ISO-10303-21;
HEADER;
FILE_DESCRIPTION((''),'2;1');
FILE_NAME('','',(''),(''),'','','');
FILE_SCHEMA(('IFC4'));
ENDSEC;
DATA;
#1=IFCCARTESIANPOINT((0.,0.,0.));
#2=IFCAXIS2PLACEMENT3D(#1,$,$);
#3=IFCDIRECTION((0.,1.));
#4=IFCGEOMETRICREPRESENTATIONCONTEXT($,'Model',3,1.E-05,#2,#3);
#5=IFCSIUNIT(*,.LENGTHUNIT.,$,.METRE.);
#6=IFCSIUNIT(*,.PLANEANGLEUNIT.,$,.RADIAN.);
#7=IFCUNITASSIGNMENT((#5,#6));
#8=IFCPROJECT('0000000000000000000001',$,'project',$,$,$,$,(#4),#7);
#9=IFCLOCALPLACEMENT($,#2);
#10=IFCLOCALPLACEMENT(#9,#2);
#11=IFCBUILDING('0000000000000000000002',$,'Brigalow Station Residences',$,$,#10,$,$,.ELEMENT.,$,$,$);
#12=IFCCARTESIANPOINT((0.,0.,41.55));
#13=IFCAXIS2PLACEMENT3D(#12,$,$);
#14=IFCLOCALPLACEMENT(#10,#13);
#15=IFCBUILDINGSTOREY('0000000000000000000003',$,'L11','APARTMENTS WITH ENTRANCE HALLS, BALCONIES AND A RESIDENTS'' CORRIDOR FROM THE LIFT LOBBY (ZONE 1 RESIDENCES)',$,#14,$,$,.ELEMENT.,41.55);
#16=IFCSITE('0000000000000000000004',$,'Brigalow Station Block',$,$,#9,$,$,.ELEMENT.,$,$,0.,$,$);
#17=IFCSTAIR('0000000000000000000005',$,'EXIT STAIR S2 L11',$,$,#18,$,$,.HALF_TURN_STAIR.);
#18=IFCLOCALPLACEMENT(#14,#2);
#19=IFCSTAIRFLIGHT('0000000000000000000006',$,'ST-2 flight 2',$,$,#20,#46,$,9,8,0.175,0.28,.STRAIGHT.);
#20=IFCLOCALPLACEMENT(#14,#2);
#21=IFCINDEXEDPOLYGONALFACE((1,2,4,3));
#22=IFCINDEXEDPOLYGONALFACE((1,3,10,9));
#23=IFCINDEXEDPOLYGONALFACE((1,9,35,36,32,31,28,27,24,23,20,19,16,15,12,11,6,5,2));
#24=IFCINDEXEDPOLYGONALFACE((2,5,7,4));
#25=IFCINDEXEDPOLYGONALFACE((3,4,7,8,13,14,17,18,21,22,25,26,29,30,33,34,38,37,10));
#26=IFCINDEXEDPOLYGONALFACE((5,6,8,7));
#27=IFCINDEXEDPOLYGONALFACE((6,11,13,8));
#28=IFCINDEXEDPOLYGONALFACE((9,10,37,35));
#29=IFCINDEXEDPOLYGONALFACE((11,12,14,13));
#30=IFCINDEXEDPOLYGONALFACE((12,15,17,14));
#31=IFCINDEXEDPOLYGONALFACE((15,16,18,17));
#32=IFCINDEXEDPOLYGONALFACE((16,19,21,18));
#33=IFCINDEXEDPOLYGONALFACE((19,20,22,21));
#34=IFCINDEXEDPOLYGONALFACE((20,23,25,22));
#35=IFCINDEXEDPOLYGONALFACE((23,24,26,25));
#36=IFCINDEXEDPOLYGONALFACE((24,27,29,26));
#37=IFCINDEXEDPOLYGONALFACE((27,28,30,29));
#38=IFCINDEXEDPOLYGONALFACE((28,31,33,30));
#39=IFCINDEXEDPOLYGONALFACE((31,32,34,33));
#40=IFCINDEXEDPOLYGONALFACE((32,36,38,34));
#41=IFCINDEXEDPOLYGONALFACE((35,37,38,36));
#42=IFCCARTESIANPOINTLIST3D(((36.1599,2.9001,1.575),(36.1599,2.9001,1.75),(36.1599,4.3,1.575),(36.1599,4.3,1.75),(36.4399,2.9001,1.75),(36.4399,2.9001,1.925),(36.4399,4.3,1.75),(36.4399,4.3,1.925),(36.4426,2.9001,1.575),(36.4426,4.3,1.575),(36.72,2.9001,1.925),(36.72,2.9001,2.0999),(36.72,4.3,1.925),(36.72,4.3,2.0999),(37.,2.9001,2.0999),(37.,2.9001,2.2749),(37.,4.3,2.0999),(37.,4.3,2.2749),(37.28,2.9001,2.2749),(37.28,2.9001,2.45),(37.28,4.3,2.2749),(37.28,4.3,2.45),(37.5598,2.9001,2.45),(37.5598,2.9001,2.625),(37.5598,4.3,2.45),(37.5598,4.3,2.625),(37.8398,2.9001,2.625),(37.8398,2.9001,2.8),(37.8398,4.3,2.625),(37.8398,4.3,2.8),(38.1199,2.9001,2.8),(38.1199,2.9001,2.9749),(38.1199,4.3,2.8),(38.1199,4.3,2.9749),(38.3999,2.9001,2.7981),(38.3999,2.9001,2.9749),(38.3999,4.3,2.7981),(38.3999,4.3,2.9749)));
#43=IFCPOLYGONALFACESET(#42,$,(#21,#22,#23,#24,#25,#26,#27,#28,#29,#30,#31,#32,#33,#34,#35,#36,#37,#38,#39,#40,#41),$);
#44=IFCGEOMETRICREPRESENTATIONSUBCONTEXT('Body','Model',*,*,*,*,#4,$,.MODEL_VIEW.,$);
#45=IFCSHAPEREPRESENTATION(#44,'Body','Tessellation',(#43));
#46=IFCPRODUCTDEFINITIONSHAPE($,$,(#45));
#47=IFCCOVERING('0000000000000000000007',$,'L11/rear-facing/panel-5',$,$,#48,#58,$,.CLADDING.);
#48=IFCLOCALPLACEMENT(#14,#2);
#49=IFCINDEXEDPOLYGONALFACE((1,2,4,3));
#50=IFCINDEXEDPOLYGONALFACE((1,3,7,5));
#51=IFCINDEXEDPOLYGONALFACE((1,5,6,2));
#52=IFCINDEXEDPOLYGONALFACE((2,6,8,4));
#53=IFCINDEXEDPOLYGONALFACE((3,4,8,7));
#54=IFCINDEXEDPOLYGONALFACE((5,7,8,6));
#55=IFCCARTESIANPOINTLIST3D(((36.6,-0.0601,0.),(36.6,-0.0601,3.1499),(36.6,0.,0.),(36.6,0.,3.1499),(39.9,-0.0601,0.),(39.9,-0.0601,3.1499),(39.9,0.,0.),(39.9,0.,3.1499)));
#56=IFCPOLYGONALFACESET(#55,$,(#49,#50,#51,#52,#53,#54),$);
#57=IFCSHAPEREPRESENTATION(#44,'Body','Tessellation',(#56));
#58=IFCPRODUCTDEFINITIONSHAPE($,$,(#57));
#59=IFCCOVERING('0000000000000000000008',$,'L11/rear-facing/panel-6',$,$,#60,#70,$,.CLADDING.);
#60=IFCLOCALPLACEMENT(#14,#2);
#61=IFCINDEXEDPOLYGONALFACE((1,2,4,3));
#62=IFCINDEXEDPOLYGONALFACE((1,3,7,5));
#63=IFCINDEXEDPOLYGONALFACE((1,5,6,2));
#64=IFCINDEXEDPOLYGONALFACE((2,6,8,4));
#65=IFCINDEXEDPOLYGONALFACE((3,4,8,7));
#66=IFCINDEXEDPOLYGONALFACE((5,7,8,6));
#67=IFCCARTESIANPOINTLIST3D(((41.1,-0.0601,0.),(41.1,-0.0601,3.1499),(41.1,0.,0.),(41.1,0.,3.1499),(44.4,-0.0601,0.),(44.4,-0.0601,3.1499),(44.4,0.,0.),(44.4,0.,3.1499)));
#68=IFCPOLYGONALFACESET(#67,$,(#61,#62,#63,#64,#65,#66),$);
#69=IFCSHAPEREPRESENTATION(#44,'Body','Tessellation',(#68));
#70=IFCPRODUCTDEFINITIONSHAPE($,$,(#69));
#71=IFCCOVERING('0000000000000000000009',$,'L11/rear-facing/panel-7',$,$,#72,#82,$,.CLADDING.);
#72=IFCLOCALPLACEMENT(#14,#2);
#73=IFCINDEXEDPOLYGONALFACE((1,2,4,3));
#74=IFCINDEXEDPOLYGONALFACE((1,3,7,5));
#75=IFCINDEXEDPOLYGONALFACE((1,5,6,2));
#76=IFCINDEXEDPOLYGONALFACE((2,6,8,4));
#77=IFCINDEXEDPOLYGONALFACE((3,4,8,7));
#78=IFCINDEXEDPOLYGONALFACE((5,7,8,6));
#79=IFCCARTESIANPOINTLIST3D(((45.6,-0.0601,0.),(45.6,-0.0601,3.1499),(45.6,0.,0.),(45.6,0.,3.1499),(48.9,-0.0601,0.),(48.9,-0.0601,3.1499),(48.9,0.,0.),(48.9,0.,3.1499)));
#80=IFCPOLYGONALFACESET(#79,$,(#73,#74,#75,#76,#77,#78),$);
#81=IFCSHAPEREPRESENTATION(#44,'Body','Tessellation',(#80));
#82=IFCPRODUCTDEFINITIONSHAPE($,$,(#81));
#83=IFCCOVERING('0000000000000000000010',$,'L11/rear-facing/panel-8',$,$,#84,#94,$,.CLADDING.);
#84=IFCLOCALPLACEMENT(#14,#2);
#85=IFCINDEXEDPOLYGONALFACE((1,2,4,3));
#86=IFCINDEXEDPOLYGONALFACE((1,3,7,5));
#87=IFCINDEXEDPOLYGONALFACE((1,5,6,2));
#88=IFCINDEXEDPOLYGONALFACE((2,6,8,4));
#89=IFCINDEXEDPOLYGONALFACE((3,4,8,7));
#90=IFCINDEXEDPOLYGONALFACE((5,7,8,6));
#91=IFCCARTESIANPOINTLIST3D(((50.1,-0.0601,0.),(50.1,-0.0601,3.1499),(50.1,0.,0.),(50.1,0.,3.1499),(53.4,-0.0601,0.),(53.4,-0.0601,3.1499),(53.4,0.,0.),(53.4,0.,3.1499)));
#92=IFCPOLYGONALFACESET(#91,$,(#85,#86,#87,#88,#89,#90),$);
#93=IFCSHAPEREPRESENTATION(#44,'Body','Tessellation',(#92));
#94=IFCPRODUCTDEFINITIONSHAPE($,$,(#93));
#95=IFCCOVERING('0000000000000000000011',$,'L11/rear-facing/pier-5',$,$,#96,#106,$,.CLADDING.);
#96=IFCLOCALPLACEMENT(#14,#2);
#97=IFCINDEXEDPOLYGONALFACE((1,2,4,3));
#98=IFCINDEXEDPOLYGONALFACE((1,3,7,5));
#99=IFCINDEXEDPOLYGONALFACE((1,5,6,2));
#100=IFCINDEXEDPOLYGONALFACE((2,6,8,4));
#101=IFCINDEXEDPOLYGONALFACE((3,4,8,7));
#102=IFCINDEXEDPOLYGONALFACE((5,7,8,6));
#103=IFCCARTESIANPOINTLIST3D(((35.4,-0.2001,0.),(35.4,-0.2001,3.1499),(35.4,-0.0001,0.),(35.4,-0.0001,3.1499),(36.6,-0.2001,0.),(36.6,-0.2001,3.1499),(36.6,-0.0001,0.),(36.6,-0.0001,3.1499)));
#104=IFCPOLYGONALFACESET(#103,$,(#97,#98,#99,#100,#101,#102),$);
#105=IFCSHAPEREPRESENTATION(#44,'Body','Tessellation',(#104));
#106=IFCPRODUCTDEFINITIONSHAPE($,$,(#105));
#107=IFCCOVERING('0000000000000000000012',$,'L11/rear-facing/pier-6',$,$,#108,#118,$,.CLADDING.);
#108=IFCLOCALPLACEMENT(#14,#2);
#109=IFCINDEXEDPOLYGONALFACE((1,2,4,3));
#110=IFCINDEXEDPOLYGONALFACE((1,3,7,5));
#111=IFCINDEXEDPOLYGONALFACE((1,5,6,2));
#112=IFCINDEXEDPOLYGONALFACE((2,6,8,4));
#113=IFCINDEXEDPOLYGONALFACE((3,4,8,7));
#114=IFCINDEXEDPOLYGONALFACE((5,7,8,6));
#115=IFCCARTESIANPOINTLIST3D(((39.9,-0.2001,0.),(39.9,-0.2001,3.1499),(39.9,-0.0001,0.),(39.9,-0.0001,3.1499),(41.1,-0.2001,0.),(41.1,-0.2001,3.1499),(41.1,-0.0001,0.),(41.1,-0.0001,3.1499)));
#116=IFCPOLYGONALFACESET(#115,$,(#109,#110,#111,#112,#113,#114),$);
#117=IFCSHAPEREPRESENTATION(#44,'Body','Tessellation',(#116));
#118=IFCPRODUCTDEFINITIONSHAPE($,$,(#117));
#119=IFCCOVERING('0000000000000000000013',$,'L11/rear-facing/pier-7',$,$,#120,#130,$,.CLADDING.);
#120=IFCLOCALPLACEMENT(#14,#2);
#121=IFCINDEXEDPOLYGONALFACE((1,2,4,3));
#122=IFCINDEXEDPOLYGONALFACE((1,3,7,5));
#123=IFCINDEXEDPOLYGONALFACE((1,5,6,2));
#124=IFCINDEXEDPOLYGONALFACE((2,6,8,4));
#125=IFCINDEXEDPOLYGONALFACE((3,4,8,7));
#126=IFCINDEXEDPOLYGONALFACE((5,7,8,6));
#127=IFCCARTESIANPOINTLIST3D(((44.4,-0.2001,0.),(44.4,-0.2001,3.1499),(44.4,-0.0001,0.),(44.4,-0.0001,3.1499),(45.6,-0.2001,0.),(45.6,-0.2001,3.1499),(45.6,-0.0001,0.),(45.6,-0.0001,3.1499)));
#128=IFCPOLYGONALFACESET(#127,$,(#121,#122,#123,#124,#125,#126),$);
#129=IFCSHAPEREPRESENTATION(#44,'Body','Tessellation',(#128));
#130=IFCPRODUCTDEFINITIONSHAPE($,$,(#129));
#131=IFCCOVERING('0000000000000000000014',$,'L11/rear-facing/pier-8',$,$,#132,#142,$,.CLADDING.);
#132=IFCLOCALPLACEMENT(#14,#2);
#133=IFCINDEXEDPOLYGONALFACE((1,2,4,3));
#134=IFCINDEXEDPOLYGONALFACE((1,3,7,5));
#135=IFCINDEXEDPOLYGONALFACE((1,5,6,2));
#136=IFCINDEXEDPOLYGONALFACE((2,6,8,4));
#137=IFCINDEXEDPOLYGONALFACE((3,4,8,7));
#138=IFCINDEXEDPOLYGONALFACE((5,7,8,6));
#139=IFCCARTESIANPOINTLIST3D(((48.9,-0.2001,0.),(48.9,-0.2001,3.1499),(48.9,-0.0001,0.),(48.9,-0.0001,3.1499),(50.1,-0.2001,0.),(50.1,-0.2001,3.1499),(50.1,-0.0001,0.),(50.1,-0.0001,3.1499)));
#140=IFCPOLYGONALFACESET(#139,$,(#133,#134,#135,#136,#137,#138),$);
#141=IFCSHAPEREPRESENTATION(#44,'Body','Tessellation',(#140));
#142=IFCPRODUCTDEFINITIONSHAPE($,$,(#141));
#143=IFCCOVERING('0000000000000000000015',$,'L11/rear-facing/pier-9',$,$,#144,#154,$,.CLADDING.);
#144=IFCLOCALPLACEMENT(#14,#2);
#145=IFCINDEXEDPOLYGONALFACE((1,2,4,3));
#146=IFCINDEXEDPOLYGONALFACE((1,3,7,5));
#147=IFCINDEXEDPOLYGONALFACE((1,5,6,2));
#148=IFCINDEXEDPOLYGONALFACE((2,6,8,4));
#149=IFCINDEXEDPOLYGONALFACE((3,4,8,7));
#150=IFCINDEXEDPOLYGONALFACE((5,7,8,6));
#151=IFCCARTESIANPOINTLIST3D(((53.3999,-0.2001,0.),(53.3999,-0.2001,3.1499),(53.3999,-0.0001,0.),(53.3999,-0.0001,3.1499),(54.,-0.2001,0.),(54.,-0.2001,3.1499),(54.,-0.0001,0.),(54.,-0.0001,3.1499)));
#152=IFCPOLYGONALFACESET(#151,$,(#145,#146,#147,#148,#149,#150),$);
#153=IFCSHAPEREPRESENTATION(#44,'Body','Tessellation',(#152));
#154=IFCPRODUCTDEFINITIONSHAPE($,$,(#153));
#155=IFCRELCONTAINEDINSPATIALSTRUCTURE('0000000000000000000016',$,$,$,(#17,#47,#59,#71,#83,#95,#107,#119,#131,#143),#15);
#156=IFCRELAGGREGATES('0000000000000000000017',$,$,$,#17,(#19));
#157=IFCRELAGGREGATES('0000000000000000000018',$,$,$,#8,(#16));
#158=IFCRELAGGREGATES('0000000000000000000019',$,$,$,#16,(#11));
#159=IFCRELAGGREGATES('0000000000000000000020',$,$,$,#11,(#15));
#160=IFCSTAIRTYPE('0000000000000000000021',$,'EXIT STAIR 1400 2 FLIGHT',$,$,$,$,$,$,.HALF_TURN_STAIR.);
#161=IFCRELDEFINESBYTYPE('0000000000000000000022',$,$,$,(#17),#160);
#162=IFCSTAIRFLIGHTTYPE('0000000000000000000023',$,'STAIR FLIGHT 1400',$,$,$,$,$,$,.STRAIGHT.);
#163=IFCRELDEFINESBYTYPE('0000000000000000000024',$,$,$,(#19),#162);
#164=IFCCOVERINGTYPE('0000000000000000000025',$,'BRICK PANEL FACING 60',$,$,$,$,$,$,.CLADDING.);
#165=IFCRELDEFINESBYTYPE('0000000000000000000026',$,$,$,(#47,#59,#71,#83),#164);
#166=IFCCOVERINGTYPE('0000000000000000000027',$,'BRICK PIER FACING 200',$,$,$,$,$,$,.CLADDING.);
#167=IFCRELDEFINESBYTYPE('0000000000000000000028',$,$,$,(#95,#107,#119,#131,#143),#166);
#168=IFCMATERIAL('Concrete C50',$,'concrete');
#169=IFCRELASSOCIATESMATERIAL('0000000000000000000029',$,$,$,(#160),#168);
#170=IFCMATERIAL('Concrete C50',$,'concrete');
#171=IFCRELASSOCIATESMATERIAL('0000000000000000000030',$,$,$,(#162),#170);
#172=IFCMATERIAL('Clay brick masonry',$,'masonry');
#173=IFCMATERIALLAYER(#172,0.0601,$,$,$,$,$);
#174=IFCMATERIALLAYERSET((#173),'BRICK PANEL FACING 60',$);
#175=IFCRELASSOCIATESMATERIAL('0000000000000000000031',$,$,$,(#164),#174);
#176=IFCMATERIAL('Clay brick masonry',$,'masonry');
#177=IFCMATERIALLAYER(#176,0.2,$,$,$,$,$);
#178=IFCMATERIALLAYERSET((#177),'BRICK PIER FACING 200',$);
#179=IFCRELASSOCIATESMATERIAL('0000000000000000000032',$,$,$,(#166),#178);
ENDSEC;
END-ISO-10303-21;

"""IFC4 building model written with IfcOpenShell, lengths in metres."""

from ifc_helpers import new_model, si_unit, direction, frame, origin, origin_2d, place, context, subcontext, project, spatial, polyline, rectangle, outline, extrude, material, layer, layer_set, type_object, element, aggregate, save


model = new_model("IFC4")

# Units and contexts
model_context = context("Model", 3, precision=1e-05, world=origin(), true_north=direction((0.0, 1.0)))
body_context = subcontext(model_context, "Body", "Model", "MODEL_VIEW")
ifc_project = project(units=[si_unit("LENGTHUNIT", "METRE"), si_unit("PLANEANGLEUNIT", "RADIAN")], contexts=[model_context])

# Site, building, storey
site_placement = place(None, origin())
site = spatial("IfcSite", under=ifc_project, at=site_placement, Name="Brigalow Station Block", CompositionType="ELEMENT", RefElevation=0.0)
building_placement = place(site_placement, origin())
building = spatial("IfcBuilding", under=site, at=building_placement, Name="Brigalow Station Residences", CompositionType="ELEMENT")
storey_placement = place(building_placement, frame((0.0, 0.0, 41.55)))
storey = spatial("IfcBuildingStorey", under=building, at=storey_placement, Name="L11", Description="APARTMENTS WITH ENTRANCE HALLS, BALCONIES AND A RESIDENTS' CORRIDOR FROM THE LIFT LOBBY (ZONE 1 RESIDENCES)", CompositionType="ELEMENT", Elevation=41.55)

# Stair, stair flight
ifc_material_1 = material(Name="Concrete C50", Category="concrete")
stair_type = type_object("IfcStairType", Name="EXIT STAIR 1400 2 FLIGHT", PredefinedType="HALF_TURN_STAIR", material=ifc_material_1)
stair_placement = place(storey_placement, origin())
stair = element("IfcStair", 1, at=stair_placement, inside=storey, type_object=stair_type, Name="EXIT STAIR S2 L11", PredefinedType="HALF_TURN_STAIR")
ifc_material_2 = material(Name="Concrete C50", Category="concrete")
stair_flight_type = type_object("IfcStairFlightType", Name="STAIR FLIGHT 1400", PredefinedType="STRAIGHT", material=ifc_material_2)
stair_flight_1_placement = place(storey_placement, frame((36.1599, 3.6001, 1.575), z_axis=(0.0, 0.0, 1.0), x_axis=(1.0, 0.0, 0.0)))
stair_flight_1 = element("IfcStairFlight", 2, at=stair_flight_1_placement, type_object=stair_flight_type, Name="ST-2 flight 2", NumberOfRisers=9, NumberOfTreads=8, PredefinedType="STRAIGHT", RiserHeight=0.175, TreadLength=0.28, context=body_context, shape_type="SweptSolid", body=[
    extrude(outline(polyline([(0.0, 0.0), (0.0, 0.175), (0.28, 0.175), (0.28, 0.3501), (0.5601, 0.3501), (0.5601, 0.5249), (0.8401, 0.5249), (0.8401, 0.7), (1.1201, 0.7), (1.1201, 0.875), (1.3999, 0.875), (1.3999, 1.05), (1.6799, 1.05), (1.6799, 1.2251), (1.96, 1.2251), (1.96, 1.3999), (2.24, 1.3999), (2.24, 1.575), (2.24, 1.2231), (0.2827, 0.0), (0.0, 0.0)])), frame((0.0, 0.7, 0.0), z_axis=(0.0, -1.0, 0.0), x_axis=(1.0, 0.0, 0.0)), (0.0, 0.0, 1.0), 1.3999),
])
aggregate(stair, [stair_flight_1])

# Coverings
ifc_material_3 = material(Name="Clay brick masonry", Category="masonry")
ifc_layer_1 = layer(ifc_material_3, 0.0601)
ifc_layer_set_1 = layer_set([ifc_layer_1], Name="BRICK PANEL FACING 60")
covering_type_1 = type_object("IfcCoveringType", Name="BRICK PANEL FACING 60", PredefinedType="CLADDING", material=ifc_layer_set_1)
for number, where, z_axis, x_axis, name in (
    (3, (38.25, -0.03, 0.0), (0.0, 0.0, 1.0), (1.0, 0.0, 0.0), "L11/rear-facing/panel-5"),
    (4, (42.75, -0.03, 0.0), (0.0, 0.0, 1.0), (1.0, 0.0, 0.0), "L11/rear-facing/panel-6"),
    (5, (47.25, -0.03, 0.0), (0.0, 0.0, 1.0), (1.0, 0.0, 0.0), "L11/rear-facing/panel-7"),
    (6, (51.75, -0.03, 0.0), (0.0, 0.0, 1.0), (1.0, 0.0, 0.0), "L11/rear-facing/panel-8"),
):
    element("IfcCovering", number, at=place(storey_placement, frame(where, z_axis=z_axis, x_axis=x_axis)), inside=storey, type_object=covering_type_1, Name=name, PredefinedType="CLADDING", context=body_context, shape_type="SweptSolid", body=[
        extrude(rectangle(XDim=3.3, YDim=0.0601, at=origin_2d()), origin(), (0.0, 0.0, 1.0), 3.1499),
    ])
ifc_material_4 = material(Name="Clay brick masonry", Category="masonry")
ifc_layer_2 = layer(ifc_material_4, 0.2)
ifc_layer_set_2 = layer_set([ifc_layer_2], Name="BRICK PIER FACING 200")
covering_type_2 = type_object("IfcCoveringType", Name="BRICK PIER FACING 200", PredefinedType="CLADDING", material=ifc_layer_set_2)
for number, where, z_axis, x_axis, name in (
    (7, (36.0, -0.1001, 0.0), (0.0, 0.0, 1.0), (1.0, 0.0, 0.0), "L11/rear-facing/pier-5"),
    (8, (40.5, -0.1001, 0.0), (0.0, 0.0, 1.0), (1.0, 0.0, 0.0), "L11/rear-facing/pier-6"),
    (9, (45.0, -0.1001, 0.0), (0.0, 0.0, 1.0), (1.0, 0.0, 0.0), "L11/rear-facing/pier-7"),
    (10, (49.5, -0.1001, 0.0), (0.0, 0.0, 1.0), (1.0, 0.0, 0.0), "L11/rear-facing/pier-8"),
):
    element("IfcCovering", number, at=place(storey_placement, frame(where, z_axis=z_axis, x_axis=x_axis)), inside=storey, type_object=covering_type_2, Name=name, PredefinedType="CLADDING", context=body_context, shape_type="SweptSolid", body=[
        extrude(rectangle(XDim=1.2, YDim=0.2, at=origin_2d()), origin(), (0.0, 0.0, 1.0), 3.1499),
    ])
covering_placement = place(storey_placement, frame((53.7, -0.1001, 0.0), z_axis=(0.0, 0.0, 1.0), x_axis=(1.0, 0.0, 0.0)))
element("IfcCovering", 11, at=covering_placement, inside=storey, type_object=covering_type_2, Name="L11/rear-facing/pier-9", PredefinedType="CLADDING", context=body_context, shape_type="SweptSolid", body=[
    extrude(rectangle(XDim=0.6001, YDim=0.2, at=origin_2d()), origin(), (0.0, 0.0, 1.0), 3.1499),
])

save(model, "model.ifc")
